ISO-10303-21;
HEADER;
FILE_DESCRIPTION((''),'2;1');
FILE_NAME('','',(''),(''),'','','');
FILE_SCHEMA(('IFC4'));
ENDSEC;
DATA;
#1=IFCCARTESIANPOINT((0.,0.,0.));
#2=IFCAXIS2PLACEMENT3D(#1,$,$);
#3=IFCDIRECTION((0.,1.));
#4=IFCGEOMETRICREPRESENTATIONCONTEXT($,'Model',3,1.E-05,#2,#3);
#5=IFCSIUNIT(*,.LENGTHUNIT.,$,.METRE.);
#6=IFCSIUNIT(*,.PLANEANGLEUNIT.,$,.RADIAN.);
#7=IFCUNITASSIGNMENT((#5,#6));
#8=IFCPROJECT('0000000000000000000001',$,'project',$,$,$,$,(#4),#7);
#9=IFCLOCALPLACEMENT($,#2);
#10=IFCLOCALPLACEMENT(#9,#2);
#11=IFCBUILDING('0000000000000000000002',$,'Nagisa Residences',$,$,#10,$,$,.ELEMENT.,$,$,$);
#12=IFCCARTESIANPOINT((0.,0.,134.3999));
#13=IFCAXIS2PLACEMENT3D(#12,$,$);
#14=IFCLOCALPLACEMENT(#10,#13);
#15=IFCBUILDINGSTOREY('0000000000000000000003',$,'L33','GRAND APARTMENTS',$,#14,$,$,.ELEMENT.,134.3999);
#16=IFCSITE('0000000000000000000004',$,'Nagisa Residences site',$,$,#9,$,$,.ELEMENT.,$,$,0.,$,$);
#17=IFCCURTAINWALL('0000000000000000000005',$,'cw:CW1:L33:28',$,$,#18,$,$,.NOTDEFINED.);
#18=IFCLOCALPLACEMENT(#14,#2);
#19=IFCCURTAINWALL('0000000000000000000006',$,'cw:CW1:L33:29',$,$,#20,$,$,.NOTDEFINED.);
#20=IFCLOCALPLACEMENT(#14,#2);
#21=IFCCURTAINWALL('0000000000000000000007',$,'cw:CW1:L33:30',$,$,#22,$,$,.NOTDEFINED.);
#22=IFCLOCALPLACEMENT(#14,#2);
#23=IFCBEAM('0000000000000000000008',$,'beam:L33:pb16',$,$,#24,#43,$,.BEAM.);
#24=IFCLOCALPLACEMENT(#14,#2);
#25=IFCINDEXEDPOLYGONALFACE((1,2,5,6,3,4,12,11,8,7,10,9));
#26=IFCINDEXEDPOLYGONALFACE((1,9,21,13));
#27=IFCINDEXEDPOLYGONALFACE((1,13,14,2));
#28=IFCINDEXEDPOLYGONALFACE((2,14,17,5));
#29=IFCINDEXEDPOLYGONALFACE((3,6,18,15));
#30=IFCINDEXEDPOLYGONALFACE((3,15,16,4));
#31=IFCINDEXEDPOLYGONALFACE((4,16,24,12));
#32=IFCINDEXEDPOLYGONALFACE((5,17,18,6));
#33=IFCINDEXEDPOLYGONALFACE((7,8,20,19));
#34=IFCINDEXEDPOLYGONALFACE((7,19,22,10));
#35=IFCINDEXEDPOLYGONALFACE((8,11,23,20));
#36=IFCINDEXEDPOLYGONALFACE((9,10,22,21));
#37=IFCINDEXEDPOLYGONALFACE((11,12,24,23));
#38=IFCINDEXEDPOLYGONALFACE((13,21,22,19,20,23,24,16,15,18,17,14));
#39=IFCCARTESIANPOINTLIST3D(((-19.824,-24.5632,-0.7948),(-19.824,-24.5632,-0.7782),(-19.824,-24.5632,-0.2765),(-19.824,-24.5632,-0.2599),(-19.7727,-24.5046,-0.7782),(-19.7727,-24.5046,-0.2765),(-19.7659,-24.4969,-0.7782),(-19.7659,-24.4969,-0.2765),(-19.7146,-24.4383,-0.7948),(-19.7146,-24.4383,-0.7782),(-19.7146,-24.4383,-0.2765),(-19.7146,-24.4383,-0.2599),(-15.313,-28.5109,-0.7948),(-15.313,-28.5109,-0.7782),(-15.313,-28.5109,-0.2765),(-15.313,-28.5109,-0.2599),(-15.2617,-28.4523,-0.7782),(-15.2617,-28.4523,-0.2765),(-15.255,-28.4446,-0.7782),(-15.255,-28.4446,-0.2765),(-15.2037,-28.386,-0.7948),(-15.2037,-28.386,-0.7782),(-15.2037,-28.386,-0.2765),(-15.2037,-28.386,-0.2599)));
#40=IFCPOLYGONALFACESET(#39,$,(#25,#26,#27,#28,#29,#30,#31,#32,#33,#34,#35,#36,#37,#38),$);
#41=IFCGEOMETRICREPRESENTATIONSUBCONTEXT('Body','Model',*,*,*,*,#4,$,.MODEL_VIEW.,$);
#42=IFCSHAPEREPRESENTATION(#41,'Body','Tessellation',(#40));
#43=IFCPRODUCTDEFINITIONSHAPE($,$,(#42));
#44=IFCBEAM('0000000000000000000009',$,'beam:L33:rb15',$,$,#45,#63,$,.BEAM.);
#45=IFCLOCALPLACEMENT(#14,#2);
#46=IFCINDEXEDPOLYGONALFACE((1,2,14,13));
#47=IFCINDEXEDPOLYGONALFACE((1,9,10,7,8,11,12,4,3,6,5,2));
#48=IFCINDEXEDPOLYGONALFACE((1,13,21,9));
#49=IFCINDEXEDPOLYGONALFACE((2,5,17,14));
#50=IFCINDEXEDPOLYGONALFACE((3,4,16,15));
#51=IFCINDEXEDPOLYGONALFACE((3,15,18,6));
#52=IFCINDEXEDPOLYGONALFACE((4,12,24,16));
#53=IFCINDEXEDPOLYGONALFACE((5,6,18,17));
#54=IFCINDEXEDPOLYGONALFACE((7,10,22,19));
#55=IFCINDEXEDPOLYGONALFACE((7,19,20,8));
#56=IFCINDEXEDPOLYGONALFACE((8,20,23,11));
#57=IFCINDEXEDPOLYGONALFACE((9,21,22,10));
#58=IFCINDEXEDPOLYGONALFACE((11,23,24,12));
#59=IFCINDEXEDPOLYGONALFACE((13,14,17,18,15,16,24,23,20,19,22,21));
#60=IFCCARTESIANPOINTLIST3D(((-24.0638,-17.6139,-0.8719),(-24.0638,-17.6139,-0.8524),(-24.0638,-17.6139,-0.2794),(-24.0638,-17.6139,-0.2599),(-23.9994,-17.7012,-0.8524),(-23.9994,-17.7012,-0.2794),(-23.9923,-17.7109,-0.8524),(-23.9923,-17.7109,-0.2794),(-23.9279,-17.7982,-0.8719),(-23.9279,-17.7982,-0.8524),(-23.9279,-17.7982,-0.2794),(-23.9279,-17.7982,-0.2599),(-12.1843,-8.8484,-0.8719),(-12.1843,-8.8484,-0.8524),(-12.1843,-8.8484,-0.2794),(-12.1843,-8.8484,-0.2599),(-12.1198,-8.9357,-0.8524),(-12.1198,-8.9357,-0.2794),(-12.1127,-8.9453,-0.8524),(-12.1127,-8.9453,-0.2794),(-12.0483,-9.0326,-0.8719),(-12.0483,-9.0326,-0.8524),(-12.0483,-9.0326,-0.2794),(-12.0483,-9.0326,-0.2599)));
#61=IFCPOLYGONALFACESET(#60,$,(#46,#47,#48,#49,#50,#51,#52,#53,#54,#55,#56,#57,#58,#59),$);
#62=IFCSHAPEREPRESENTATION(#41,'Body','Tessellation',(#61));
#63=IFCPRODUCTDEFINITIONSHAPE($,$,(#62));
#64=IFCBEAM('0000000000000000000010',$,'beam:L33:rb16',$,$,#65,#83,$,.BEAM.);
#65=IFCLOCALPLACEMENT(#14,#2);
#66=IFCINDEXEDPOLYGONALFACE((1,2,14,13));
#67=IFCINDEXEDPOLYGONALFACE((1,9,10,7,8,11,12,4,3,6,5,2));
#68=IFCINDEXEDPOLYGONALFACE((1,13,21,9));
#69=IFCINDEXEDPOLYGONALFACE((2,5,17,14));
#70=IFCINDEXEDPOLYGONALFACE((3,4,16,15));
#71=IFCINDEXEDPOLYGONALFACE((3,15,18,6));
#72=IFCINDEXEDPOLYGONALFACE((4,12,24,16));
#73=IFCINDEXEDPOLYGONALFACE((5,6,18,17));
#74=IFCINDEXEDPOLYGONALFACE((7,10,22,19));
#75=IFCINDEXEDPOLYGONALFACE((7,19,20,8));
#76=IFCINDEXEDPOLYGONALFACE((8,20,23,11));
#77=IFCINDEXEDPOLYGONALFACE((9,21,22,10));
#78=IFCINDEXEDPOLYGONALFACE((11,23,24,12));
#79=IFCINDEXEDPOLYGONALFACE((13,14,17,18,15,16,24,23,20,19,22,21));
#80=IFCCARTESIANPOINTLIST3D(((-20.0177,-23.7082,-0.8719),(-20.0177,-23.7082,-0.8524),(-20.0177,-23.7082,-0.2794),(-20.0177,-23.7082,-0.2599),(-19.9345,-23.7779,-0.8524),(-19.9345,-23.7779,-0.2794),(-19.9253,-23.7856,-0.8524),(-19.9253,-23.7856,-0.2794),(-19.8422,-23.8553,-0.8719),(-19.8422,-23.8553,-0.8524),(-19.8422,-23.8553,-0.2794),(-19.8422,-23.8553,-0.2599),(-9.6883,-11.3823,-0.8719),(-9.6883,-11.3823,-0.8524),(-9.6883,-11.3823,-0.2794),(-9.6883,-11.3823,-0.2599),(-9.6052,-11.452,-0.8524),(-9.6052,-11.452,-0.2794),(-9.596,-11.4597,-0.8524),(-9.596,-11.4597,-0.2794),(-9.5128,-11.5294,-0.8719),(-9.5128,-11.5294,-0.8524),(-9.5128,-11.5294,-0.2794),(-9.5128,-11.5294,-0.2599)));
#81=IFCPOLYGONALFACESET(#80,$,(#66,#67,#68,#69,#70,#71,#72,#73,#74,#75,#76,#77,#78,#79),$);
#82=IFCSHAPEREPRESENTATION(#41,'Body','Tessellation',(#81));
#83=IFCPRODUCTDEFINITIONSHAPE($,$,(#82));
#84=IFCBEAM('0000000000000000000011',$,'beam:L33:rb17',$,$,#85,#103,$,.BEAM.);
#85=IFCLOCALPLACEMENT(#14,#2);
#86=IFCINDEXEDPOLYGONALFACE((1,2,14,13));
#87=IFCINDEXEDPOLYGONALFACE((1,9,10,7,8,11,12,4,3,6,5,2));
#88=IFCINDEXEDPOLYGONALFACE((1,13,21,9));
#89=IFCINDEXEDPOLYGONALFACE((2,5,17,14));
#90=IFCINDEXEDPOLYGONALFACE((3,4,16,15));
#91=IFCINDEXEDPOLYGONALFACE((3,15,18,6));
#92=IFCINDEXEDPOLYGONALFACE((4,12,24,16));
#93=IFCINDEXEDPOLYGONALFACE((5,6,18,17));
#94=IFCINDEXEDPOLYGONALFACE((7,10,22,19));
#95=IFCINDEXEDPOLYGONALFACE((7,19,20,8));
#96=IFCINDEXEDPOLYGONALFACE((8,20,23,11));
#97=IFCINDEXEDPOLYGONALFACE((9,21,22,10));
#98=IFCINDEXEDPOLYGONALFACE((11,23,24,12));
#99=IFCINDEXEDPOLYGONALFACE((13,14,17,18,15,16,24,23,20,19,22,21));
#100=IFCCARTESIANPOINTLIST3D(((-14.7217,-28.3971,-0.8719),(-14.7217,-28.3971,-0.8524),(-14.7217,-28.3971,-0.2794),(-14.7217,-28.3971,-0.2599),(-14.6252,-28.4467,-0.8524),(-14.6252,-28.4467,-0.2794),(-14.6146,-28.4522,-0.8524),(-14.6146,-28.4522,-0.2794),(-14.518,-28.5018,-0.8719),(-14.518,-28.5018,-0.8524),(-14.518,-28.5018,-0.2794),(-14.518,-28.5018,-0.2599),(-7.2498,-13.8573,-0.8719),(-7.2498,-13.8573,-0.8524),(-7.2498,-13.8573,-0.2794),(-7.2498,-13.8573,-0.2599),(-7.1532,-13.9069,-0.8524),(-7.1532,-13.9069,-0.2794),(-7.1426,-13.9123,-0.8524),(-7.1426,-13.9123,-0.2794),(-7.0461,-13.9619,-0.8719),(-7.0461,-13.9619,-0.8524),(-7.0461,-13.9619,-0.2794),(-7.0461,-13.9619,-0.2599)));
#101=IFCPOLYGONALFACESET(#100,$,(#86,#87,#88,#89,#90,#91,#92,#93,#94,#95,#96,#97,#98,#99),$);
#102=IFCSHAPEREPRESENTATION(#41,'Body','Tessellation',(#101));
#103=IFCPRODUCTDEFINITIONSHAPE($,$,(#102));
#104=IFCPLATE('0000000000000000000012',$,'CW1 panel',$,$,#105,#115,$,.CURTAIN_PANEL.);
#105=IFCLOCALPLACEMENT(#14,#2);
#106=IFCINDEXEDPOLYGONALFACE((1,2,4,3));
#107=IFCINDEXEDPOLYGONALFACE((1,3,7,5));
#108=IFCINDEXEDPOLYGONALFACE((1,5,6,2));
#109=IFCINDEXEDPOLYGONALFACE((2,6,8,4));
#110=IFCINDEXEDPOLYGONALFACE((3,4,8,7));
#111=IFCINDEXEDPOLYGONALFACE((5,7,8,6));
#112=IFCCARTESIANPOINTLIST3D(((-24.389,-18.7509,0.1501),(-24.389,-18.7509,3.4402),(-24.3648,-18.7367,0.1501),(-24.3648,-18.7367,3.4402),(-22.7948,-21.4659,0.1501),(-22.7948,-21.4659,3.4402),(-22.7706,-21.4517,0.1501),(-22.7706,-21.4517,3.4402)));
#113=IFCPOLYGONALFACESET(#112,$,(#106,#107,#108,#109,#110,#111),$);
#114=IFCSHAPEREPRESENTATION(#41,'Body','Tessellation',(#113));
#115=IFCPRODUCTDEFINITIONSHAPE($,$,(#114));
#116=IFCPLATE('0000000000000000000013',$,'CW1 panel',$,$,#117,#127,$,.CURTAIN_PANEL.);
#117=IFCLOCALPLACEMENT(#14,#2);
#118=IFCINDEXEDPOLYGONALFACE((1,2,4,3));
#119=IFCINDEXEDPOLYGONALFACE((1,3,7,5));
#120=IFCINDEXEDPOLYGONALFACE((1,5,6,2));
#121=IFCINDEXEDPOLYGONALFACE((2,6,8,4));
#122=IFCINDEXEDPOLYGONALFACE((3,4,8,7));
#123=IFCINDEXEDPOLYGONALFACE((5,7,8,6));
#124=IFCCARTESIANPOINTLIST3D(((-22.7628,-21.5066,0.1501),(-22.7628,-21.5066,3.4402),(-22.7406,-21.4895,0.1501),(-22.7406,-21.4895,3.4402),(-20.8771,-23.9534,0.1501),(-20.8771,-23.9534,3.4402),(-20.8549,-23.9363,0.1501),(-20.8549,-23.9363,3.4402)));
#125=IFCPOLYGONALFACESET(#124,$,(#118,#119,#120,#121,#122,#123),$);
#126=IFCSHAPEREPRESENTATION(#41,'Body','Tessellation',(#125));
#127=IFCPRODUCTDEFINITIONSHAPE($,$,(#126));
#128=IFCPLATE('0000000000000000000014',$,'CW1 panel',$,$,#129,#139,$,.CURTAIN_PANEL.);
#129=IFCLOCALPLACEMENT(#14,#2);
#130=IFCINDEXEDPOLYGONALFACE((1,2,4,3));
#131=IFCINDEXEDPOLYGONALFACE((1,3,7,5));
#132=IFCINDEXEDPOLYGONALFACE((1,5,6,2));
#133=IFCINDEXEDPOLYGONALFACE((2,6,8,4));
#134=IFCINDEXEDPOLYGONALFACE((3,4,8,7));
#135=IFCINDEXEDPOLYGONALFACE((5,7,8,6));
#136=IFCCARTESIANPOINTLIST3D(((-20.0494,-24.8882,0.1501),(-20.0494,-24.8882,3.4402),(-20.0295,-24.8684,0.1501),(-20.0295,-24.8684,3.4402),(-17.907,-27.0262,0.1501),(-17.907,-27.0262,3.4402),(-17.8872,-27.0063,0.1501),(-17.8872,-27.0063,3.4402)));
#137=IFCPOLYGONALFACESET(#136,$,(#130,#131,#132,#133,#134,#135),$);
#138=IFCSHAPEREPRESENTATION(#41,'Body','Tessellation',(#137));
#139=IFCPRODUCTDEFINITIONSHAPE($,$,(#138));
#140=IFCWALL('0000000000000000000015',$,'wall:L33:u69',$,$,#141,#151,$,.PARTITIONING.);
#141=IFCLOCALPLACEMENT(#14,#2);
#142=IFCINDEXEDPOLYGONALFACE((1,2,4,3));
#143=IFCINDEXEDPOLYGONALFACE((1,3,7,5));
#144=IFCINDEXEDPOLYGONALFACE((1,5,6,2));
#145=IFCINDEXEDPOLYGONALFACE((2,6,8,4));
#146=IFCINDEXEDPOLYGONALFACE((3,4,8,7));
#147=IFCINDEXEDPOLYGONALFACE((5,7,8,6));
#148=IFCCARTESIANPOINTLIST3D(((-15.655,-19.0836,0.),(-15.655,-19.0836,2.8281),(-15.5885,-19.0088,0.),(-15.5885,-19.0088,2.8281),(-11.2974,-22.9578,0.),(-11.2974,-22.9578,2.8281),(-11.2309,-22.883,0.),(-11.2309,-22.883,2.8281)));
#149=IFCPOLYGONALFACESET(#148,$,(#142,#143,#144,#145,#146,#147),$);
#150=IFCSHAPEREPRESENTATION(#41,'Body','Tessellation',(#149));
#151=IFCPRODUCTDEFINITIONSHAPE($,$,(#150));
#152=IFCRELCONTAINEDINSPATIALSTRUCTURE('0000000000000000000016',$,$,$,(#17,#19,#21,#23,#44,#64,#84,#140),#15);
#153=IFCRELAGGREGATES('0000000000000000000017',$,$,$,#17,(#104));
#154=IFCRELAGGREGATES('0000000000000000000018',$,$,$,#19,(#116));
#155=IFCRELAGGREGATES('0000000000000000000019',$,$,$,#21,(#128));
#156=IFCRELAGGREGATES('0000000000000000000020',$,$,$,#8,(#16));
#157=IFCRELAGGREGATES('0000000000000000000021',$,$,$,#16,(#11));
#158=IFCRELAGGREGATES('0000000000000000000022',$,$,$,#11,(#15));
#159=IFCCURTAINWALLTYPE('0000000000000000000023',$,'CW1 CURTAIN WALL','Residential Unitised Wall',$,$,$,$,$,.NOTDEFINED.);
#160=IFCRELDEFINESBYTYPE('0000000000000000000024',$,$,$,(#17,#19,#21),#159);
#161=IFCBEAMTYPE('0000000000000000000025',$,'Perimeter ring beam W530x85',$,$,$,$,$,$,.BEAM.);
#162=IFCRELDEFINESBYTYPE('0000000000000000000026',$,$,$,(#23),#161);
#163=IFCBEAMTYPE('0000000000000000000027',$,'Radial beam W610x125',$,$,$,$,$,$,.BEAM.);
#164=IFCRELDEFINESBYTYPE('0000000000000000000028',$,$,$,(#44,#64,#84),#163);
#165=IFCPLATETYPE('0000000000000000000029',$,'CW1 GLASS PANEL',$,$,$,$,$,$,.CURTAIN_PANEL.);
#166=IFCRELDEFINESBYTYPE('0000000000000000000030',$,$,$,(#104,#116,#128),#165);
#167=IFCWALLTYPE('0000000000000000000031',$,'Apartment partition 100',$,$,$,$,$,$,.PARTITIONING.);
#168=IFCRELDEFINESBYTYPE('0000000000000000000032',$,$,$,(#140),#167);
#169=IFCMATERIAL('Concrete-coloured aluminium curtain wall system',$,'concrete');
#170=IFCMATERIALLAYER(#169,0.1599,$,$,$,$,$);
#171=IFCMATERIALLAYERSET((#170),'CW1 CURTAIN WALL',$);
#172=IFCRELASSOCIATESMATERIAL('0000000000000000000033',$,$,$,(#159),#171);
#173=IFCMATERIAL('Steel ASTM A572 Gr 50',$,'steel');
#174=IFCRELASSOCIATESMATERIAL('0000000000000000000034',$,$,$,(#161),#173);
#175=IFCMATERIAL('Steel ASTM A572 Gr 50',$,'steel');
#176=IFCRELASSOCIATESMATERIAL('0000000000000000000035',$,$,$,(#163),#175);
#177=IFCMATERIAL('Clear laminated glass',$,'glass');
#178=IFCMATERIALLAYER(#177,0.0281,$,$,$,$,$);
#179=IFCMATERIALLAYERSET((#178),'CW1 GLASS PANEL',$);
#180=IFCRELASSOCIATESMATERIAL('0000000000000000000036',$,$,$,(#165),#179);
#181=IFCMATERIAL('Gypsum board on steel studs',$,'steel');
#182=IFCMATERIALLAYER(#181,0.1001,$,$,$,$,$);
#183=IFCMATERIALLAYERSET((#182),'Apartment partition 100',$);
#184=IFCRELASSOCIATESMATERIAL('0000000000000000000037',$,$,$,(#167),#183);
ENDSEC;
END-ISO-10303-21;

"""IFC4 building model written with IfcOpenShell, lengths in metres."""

from ifc_helpers import new_model, si_unit, direction, frame, frame_2d, origin, origin_2d, place, context, subcontext, project, spatial, rectangle, i_section, extrude, material, layer, layer_set, material_profile, profile_set, type_object, element, aggregate, save


model = new_model("IFC4")

# Units and contexts
model_context = context("Model", 3, precision=1e-05, world=origin(), true_north=direction((0.0, 1.0)))
body_context = subcontext(model_context, "Body", "Model", "MODEL_VIEW")
ifc_project = project(units=[si_unit("LENGTHUNIT", "METRE"), si_unit("PLANEANGLEUNIT", "RADIAN")], contexts=[model_context])

# Site, building, storey
site_placement = place(None, origin())
site = spatial("IfcSite", under=ifc_project, at=site_placement, Name="Nagisa Residences site", CompositionType="ELEMENT", RefElevation=0.0)
building_placement = place(site_placement, origin())
building = spatial("IfcBuilding", under=site, at=building_placement, Name="Nagisa Residences", CompositionType="ELEMENT")
storey_placement = place(building_placement, frame((0.0, 0.0, 134.3999)))
storey = spatial("IfcBuildingStorey", under=building, at=storey_placement, Name="L33", Description="GRAND APARTMENTS", CompositionType="ELEMENT", Elevation=134.3999)

# Curtain walls
ifc_material_1 = material(Name="Concrete-coloured aluminium curtain wall system", Category="concrete")
ifc_layer_1 = layer(ifc_material_1, 0.1599)
ifc_layer_set_1 = layer_set([ifc_layer_1], Name="CW1 CURTAIN WALL")
curtain_wall_type = type_object("IfcCurtainWallType", Name="CW1 CURTAIN WALL", Description="Residential Unitised Wall", PredefinedType="NOTDEFINED", material=ifc_layer_set_1)
curtain_wall_1_placement = place(storey_placement, origin())
curtain_wall_1 = element("IfcCurtainWall", 1, at=curtain_wall_1_placement, inside=storey, type_object=curtain_wall_type, Name="cw:CW1:L33:28", PredefinedType="NOTDEFINED")
curtain_wall_2_placement = place(storey_placement, origin())
curtain_wall_2 = element("IfcCurtainWall", 2, at=curtain_wall_2_placement, inside=storey, type_object=curtain_wall_type, Name="cw:CW1:L33:29", PredefinedType="NOTDEFINED")
curtain_wall_3_placement = place(storey_placement, origin())
curtain_wall_3 = element("IfcCurtainWall", 3, at=curtain_wall_3_placement, inside=storey, type_object=curtain_wall_type, Name="cw:CW1:L33:30", PredefinedType="NOTDEFINED")

# Beams
ifc_material_2 = material(Name="Steel ASTM A572 Gr 50", Category="steel")
ifc_material_profile_1 = material_profile(ifc_material_2, i_section(OverallWidth=0.166, OverallDepth=0.5349, WebThickness=0.0103, FlangeThickness=0.0166, at=origin_2d()), Name="W530x85")
ifc_profile_set_1 = profile_set([ifc_material_profile_1], Name="Steel ASTM A572 Gr 50")
beam_type_1 = type_object("IfcBeamType", Name="Perimeter ring beam W530x85", PredefinedType="BEAM", material=ifc_profile_set_1)
beam_1_placement = place(storey_placement, frame((-19.7693, -24.5007, -0.5273), z_axis=(0.752524, -0.658565, 0.0), x_axis=(0.658565, 0.752524, 0.0)))
element("IfcBeam", 4, at=beam_1_placement, inside=storey, type_object=beam_type_1, Name="beam:L33:pb16", PredefinedType="BEAM", context=body_context, shape_type="SweptSolid", body=[
    extrude(i_section(OverallWidth=0.166, OverallDepth=0.5349, WebThickness=0.0103, FlangeThickness=0.0166, at=origin_2d()), origin(), (0.0, 0.0, 1.0), 5.9944),
])
ifc_material_3 = material(Name="Steel ASTM A572 Gr 50", Category="steel")
ifc_material_profile_2 = material_profile(ifc_material_3, i_section(OverallWidth=0.229, OverallDepth=0.6121, WebThickness=0.012, FlangeThickness=0.0195, at=origin_2d()), Name="W610x125")
ifc_profile_set_2 = profile_set([ifc_material_profile_2], Name="Steel ASTM A572 Gr 50")
beam_type_2 = type_object("IfcBeamType", Name="Radial beam W610x125", PredefinedType="BEAM", material=ifc_profile_set_2)
beam_2_placement = place(storey_placement, frame((-23.9958, -17.7061, -0.5659), z_axis=(0.804661, 0.593735, 0.0), x_axis=(-0.593735, 0.804661, 0.0)))
element("IfcBeam", 5, at=beam_2_placement, inside=storey, type_object=beam_type_2, Name="beam:L33:rb15", PredefinedType="BEAM", context=body_context, shape_type="SweptSolid", body=[
    extrude(i_section(OverallWidth=0.229, OverallDepth=0.6121, WebThickness=0.012, FlangeThickness=0.0195, at=origin_2d()), origin(), (0.0, 0.0, 1.0), 14.7634),
])
beam_3_placement = place(storey_placement, frame((-19.9299, -23.7817, -0.5659), z_axis=(0.642301, 0.766453, 0.0), x_axis=(-0.766453, 0.642301, 0.0)))
element("IfcBeam", 6, at=beam_3_placement, inside=storey, type_object=beam_type_2, Name="beam:L33:rb16", PredefinedType="BEAM", context=body_context, shape_type="SweptSolid", body=[
    extrude(i_section(OverallWidth=0.229, OverallDepth=0.6121, WebThickness=0.012, FlangeThickness=0.0195, at=origin_2d()), origin(), (0.0, 0.0, 1.0), 16.0818),
])
beam_4_placement = place(storey_placement, frame((-14.6199, -28.4495, -0.5659), z_axis=(0.457073, 0.889429, 0.0), x_axis=(-0.889429, 0.457073, 0.0)))
element("IfcBeam", 7, at=beam_4_placement, inside=storey, type_object=beam_type_2, Name="beam:L33:rb17", PredefinedType="BEAM", context=body_context, shape_type="SweptSolid", body=[
    extrude(i_section(OverallWidth=0.229, OverallDepth=0.6121, WebThickness=0.012, FlangeThickness=0.0195, at=origin_2d()), origin(), (0.0, 0.0, 1.0), 16.3474),
])

# Plates
ifc_material_4 = material(Name="Clear laminated glass", Category="glass")
ifc_layer_2 = layer(ifc_material_4, 0.0281)
ifc_layer_set_2 = layer_set([ifc_layer_2], Name="CW1 GLASS PANEL")
plate_type = type_object("IfcPlateType", Name="CW1 GLASS PANEL", PredefinedType="CURTAIN_PANEL", material=ifc_layer_set_2)
plate_1_placement = place(storey_placement, frame((-23.5798, -20.1013, 0.1501), z_axis=(0.0, 0.0, 1.0), x_axis=(0.506349, -0.862329, 0.0)))
plate_1 = element("IfcPlate", 8, at=plate_1_placement, type_object=plate_type, Name="CW1 panel", PredefinedType="CURTAIN_PANEL", context=body_context, shape_type="SweptSolid", body=[
    extrude(rectangle(XDim=3.1484, YDim=0.0281, at=origin_2d()), origin(), (0.0, 0.0, 1.0), 3.29),
])
aggregate(curtain_wall_1, [plate_1])
plate_2_placement = place(storey_placement, frame((-21.8088, -22.7214, 0.1501), z_axis=(0.0, 0.0, 1.0), x_axis=(0.61043, -0.79207, 0.0)))
plate_2 = element("IfcPlate", 9, at=plate_2_placement, type_object=plate_type, Name="CW1 panel", PredefinedType="CURTAIN_PANEL", context=body_context, shape_type="SweptSolid", body=[
    extrude(rectangle(XDim=3.0891, YDim=0.0281, at=origin_2d()), origin(), (0.0, 0.0, 1.0), 3.29),
])
aggregate(curtain_wall_2, [plate_2])
plate_3_placement = place(storey_placement, frame((-18.9683, -25.9473, 0.1501), z_axis=(0.0, 0.0, 1.0), x_axis=(0.707836, -0.706377, 0.0)))
plate_3 = element("IfcPlate", 10, at=plate_3_placement, type_object=plate_type, Name="CW1 panel", PredefinedType="CURTAIN_PANEL", context=body_context, shape_type="SweptSolid", body=[
    extrude(rectangle(XDim=3.0266, YDim=0.0281, at=origin_2d()), origin(), (0.0, 0.0, 1.0), 3.29),
])
aggregate(curtain_wall_3, [plate_3])

# Wall
ifc_material_5 = material(Name="Gypsum board on steel studs", Category="steel")
ifc_layer_3 = layer(ifc_material_5, 0.1001)
ifc_layer_set_3 = layer_set([ifc_layer_3], Name="Apartment partition 100")
wall_type_1 = type_object("IfcWallType", Name="Apartment partition 100", PredefinedType="PARTITIONING", material=ifc_layer_set_3)
wall_1_placement = place(storey_placement, frame((-15.6218, -19.0461, 0.0), z_axis=(0.0, 0.0, 1.0), x_axis=(0.747342, -0.664439, 0.0)))
element("IfcWall", 11, at=wall_1_placement, inside=storey, type_object=wall_type_1, Name="wall:L33:u69", PredefinedType="PARTITIONING", context=body_context, shape_type="SweptSolid", body=[
    extrude(rectangle(XDim=5.8308, YDim=0.1001, at=frame_2d((2.9155, 0.0))), origin(), (0.0, 0.0, 1.0), 2.8281),
])

save(model, "model.ifc")
